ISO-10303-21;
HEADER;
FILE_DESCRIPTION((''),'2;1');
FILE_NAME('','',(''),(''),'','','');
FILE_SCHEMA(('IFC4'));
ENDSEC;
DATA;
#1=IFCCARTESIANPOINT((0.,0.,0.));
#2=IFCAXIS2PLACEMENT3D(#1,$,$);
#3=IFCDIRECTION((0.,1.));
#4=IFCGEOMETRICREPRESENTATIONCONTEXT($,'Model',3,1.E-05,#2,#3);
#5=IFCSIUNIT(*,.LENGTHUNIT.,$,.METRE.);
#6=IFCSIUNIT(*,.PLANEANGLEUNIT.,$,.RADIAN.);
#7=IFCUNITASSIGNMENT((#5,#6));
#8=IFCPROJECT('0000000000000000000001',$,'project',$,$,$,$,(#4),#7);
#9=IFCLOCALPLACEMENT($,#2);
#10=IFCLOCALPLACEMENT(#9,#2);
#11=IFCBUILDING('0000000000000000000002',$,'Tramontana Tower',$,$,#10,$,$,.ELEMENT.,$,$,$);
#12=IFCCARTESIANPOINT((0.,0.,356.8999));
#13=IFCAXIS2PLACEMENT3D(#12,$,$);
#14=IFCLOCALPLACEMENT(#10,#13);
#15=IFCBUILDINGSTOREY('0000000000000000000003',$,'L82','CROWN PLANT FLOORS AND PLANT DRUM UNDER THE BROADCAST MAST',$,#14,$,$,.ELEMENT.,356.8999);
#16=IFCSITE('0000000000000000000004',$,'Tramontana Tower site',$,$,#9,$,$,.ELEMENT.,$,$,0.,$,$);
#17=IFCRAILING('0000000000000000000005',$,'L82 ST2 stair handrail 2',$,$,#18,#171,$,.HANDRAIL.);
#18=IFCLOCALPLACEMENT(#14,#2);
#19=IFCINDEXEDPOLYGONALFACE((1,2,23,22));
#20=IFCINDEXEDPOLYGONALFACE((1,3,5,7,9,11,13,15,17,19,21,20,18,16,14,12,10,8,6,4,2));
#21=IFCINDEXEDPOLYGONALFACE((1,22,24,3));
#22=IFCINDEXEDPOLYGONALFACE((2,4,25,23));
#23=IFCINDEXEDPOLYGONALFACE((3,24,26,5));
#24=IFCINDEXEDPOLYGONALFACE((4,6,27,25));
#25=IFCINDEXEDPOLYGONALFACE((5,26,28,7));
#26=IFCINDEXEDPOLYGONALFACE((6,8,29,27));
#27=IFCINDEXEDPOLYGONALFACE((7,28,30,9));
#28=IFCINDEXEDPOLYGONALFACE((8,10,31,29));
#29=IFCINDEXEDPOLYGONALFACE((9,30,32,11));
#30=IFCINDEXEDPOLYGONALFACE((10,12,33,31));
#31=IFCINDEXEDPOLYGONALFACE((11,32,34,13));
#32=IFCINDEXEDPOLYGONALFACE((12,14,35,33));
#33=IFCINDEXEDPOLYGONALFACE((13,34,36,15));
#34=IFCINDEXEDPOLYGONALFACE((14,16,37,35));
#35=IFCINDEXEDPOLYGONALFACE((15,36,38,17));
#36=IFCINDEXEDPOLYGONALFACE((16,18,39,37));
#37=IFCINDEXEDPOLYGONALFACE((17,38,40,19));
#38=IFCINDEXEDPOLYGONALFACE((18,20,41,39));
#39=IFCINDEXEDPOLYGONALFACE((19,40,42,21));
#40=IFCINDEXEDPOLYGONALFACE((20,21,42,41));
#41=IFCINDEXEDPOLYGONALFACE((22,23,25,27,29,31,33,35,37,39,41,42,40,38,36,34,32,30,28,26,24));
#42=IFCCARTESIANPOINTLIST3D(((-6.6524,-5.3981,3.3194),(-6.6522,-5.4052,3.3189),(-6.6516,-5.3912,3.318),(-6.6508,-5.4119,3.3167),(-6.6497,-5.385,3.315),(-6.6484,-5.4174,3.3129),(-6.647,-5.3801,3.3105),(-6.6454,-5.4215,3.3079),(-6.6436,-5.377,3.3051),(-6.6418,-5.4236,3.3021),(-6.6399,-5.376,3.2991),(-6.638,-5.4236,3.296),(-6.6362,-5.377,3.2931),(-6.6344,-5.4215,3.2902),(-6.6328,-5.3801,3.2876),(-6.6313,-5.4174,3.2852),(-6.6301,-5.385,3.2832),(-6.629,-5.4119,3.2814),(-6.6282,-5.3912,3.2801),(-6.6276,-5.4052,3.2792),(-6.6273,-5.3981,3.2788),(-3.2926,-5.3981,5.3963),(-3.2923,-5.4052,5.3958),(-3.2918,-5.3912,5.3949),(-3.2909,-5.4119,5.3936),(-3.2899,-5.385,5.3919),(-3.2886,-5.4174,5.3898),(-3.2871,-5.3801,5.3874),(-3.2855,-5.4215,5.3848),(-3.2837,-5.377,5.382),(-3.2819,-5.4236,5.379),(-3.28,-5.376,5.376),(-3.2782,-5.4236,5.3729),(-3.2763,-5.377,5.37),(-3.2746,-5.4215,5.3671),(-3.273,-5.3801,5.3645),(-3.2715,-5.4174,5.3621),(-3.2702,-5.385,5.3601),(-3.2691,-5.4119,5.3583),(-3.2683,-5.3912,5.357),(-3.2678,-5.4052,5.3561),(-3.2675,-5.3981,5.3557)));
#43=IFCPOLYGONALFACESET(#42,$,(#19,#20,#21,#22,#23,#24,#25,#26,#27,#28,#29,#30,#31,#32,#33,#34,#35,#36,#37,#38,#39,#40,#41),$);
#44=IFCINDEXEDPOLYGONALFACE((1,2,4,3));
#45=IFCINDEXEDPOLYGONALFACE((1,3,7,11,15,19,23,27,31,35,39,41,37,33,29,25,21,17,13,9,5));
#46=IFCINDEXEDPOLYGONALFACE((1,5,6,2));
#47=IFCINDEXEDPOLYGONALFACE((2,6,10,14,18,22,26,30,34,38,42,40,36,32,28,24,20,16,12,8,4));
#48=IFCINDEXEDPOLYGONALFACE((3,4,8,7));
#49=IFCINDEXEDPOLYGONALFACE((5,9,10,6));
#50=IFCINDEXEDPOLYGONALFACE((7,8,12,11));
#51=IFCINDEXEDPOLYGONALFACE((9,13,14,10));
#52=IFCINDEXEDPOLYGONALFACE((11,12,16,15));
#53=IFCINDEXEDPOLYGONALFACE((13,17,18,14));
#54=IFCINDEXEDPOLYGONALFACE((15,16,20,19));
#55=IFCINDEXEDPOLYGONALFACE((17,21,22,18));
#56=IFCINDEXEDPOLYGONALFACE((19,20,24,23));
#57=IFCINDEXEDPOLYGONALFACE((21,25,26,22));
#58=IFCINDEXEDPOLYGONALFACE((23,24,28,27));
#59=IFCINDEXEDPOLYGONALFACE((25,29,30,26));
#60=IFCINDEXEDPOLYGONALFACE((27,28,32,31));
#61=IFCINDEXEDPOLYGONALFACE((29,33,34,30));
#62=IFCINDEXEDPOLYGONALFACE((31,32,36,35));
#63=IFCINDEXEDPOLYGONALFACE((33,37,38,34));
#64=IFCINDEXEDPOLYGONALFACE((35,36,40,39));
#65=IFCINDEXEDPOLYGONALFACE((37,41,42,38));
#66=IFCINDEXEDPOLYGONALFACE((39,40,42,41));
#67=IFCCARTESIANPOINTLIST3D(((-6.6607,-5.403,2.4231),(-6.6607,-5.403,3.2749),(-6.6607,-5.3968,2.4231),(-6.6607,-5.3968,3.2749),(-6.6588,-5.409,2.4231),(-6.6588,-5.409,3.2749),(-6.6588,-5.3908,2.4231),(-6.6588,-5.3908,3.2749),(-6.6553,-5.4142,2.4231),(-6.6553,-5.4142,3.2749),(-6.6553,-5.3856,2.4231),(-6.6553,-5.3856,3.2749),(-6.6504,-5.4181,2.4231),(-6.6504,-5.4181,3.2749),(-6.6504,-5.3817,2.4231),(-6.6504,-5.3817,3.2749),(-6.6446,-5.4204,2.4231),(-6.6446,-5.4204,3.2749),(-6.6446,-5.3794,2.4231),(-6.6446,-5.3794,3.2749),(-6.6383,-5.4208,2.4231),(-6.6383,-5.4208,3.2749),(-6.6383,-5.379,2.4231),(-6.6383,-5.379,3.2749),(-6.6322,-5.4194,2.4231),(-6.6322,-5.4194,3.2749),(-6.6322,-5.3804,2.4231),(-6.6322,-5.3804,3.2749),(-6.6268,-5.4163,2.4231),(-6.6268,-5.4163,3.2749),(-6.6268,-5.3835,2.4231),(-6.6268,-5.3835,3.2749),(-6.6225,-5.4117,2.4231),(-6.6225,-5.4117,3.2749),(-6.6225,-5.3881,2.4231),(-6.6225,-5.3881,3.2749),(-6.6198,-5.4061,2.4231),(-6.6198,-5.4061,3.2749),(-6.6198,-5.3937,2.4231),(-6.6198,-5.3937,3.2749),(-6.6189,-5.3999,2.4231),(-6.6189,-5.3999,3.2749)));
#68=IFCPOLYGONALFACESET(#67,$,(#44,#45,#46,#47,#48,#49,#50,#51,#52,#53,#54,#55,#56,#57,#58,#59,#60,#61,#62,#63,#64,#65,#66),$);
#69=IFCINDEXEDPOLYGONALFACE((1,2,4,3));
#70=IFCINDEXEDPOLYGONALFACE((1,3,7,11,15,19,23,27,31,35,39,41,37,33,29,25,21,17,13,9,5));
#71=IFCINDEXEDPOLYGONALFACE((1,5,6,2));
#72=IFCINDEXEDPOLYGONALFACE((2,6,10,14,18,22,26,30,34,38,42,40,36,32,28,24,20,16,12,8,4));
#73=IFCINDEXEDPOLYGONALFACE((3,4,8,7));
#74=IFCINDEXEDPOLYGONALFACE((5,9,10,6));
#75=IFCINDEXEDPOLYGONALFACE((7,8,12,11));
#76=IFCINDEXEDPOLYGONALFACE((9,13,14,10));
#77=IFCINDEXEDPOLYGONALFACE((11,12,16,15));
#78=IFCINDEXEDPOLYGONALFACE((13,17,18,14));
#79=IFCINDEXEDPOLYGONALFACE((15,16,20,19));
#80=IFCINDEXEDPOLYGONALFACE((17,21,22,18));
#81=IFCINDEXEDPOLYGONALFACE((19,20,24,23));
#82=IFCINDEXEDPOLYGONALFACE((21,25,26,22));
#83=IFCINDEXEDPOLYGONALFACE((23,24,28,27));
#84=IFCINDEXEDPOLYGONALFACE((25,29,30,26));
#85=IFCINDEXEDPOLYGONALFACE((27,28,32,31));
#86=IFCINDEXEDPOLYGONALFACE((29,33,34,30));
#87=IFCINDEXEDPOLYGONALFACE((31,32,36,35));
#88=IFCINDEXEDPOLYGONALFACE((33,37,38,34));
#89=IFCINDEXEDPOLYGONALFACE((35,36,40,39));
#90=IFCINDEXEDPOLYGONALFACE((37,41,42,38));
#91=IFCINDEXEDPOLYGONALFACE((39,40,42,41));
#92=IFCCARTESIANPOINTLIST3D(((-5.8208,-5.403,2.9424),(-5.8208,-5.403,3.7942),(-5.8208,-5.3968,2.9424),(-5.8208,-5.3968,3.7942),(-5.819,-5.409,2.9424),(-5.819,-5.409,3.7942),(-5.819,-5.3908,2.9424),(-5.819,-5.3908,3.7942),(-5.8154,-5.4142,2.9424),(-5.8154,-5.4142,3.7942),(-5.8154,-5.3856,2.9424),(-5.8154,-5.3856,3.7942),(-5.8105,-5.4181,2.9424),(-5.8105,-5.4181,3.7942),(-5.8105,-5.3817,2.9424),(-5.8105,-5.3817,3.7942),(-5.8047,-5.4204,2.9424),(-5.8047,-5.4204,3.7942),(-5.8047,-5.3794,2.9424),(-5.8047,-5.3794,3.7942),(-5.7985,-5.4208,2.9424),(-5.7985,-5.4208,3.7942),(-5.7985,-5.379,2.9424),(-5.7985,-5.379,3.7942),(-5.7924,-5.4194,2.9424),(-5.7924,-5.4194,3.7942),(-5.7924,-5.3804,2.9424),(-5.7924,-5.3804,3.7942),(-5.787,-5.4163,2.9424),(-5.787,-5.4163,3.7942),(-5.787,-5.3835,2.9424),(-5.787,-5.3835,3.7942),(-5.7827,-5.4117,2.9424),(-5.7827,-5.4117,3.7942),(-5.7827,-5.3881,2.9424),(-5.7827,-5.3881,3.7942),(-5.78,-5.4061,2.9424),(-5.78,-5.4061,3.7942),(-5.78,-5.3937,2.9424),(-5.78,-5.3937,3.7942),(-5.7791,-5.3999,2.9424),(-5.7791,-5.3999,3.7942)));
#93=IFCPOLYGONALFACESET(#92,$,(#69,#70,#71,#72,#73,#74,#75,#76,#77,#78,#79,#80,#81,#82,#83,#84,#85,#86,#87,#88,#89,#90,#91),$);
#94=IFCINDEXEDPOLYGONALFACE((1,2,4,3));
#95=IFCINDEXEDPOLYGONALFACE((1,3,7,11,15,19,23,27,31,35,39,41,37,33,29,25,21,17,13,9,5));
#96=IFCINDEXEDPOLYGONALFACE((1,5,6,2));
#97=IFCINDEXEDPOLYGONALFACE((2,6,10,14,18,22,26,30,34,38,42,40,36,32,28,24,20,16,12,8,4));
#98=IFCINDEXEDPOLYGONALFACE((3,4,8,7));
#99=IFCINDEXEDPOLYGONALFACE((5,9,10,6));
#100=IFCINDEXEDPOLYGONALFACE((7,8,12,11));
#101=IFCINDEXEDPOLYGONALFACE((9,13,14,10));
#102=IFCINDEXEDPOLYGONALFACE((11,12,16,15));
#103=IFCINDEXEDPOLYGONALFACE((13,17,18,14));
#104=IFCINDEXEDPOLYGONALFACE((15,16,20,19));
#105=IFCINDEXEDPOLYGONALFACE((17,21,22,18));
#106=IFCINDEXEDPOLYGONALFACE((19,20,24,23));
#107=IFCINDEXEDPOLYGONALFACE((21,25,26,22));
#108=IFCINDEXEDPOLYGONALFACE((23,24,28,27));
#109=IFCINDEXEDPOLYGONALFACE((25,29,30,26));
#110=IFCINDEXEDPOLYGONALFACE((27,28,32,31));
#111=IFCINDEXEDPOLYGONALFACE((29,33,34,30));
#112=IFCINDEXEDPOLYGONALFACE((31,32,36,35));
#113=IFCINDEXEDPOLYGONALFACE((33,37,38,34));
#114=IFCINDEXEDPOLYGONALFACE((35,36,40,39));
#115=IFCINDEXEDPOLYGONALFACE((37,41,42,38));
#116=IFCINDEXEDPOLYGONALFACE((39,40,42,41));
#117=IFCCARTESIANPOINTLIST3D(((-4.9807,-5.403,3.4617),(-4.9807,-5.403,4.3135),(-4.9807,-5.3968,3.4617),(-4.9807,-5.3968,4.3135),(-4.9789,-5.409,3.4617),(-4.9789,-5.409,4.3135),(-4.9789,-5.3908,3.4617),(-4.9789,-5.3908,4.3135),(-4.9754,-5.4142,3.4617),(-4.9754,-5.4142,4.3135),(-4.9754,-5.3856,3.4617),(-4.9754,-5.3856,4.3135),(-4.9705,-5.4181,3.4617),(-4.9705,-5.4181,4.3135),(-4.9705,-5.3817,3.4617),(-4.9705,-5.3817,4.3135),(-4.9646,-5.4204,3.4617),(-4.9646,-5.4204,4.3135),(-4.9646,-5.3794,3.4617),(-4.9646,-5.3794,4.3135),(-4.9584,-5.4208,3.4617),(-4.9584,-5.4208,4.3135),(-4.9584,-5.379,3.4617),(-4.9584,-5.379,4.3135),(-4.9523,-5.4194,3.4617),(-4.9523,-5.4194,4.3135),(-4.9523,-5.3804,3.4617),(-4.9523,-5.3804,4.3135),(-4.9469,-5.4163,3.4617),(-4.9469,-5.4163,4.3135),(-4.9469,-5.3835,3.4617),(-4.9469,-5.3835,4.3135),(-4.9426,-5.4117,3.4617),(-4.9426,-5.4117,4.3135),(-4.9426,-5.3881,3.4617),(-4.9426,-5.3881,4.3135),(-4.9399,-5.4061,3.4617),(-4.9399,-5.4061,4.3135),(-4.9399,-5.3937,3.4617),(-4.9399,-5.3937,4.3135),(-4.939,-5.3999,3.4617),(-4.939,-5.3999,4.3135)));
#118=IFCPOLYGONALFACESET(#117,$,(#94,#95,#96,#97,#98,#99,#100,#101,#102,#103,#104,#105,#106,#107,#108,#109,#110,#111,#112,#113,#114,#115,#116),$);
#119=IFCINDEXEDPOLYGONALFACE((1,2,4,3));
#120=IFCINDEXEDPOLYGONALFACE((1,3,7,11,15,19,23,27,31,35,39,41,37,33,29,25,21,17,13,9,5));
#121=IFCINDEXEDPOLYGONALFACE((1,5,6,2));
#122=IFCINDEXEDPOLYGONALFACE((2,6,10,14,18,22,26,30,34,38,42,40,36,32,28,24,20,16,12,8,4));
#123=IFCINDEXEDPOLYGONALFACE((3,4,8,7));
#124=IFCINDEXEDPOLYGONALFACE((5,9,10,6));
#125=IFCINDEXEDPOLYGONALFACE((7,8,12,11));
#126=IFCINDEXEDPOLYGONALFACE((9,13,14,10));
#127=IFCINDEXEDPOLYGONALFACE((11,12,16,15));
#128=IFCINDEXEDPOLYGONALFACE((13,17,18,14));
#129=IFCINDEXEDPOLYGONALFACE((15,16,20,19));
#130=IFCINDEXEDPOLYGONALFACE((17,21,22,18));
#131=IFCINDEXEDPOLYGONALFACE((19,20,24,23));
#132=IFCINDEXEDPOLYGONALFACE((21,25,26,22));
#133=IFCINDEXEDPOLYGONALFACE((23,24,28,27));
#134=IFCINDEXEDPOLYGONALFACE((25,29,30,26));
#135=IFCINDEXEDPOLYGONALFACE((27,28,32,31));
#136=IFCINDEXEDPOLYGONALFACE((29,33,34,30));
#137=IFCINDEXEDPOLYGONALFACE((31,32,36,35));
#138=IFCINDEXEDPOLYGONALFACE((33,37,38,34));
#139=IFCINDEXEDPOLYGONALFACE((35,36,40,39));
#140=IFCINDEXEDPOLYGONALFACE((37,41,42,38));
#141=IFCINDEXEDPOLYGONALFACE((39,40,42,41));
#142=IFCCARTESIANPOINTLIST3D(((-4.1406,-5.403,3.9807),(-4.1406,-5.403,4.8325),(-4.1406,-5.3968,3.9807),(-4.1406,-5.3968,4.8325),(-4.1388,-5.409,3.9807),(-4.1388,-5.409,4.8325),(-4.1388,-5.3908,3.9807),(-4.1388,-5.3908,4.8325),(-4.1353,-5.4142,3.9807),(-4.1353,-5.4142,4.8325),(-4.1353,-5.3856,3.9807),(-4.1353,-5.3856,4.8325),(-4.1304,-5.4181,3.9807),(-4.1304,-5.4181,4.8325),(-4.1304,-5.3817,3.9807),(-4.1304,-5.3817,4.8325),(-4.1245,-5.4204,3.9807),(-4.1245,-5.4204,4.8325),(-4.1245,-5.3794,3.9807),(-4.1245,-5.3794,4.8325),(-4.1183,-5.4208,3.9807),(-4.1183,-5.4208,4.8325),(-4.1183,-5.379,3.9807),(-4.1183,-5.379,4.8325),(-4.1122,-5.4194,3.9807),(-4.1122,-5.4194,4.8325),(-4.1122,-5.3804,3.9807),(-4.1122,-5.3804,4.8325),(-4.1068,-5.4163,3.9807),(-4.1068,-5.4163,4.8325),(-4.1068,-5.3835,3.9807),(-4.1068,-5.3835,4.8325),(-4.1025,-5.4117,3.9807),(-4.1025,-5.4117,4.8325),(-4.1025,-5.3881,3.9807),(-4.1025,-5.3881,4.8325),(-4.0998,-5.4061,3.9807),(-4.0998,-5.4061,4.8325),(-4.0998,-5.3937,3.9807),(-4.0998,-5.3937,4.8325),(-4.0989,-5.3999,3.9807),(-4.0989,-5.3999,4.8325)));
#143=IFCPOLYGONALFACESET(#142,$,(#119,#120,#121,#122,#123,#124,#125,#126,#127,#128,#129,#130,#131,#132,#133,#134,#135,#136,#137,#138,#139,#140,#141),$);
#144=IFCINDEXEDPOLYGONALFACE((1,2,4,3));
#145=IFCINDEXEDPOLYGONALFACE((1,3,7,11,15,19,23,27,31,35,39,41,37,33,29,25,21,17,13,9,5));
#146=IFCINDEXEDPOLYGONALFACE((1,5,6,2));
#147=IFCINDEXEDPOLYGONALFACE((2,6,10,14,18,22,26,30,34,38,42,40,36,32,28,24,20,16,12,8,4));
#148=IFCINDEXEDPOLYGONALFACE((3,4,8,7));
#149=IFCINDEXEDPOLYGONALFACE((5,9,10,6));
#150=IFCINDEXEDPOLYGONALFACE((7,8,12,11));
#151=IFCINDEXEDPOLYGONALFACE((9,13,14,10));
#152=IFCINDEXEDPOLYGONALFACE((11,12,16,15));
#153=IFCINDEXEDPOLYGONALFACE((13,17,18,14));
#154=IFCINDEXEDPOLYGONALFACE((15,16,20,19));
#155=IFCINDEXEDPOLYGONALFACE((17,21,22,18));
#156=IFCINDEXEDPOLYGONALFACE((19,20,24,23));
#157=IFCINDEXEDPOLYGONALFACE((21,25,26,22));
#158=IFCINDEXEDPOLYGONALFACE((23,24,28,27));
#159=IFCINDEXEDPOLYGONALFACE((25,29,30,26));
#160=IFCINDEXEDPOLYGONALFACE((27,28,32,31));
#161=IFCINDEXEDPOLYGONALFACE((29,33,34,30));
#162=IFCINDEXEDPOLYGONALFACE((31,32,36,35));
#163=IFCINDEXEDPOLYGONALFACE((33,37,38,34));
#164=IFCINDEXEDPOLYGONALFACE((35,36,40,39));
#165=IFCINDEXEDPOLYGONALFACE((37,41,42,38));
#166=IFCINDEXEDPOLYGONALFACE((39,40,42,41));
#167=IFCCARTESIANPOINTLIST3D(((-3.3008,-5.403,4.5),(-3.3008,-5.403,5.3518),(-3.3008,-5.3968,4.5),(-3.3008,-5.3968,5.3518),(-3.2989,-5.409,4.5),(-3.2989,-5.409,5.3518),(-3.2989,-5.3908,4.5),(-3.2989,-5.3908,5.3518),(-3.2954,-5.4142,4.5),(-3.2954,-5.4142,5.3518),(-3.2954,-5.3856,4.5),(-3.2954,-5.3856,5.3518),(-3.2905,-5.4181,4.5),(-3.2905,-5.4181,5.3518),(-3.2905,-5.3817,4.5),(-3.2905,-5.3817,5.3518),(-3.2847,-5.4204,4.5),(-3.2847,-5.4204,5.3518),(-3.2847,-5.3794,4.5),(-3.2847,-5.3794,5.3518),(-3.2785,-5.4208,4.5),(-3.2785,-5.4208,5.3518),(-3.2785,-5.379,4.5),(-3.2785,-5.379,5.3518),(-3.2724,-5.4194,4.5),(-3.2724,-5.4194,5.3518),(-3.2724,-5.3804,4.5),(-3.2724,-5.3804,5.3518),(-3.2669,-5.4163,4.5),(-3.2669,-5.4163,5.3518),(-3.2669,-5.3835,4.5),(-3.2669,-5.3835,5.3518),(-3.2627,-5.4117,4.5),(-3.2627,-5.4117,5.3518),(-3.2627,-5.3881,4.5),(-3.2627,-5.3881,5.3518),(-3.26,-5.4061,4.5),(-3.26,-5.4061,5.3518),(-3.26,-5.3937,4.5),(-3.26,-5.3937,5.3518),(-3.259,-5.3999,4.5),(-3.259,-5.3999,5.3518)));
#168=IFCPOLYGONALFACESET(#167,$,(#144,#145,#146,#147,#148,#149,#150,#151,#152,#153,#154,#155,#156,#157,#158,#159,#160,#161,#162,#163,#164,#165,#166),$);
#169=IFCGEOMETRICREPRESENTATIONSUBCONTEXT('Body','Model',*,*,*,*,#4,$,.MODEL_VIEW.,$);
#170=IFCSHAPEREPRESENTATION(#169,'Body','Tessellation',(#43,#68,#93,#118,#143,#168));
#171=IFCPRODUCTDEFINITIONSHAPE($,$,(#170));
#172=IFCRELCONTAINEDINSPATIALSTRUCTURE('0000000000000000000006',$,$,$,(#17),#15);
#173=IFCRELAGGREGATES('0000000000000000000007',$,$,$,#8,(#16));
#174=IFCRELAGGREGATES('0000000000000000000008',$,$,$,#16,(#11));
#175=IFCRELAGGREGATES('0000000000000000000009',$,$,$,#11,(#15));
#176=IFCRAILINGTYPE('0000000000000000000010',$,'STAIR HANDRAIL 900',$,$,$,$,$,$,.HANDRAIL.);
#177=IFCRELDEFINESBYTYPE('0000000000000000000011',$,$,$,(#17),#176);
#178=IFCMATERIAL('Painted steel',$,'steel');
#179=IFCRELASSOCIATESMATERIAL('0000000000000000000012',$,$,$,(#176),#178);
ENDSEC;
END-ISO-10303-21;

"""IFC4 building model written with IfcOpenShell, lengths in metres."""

from ifc_helpers import new_model, si_unit, direction, frame, origin, origin_2d, place, context, subcontext, project, spatial, circle, extrude, material, type_object, element, save


model = new_model("IFC4")

# Units and contexts
model_context = context("Model", 3, precision=1e-05, world=origin(), true_north=direction((0.0, 1.0)))
body_context = subcontext(model_context, "Body", "Model", "MODEL_VIEW")
ifc_project = project(units=[si_unit("LENGTHUNIT", "METRE"), si_unit("PLANEANGLEUNIT", "RADIAN")], contexts=[model_context])

# Site, building, storey
site_placement = place(None, origin())
site = spatial("IfcSite", under=ifc_project, at=site_placement, Name="Tramontana Tower site", CompositionType="ELEMENT", RefElevation=0.0)
building_placement = place(site_placement, origin())
building = spatial("IfcBuilding", under=site, at=building_placement, Name="Tramontana Tower", CompositionType="ELEMENT")
storey_placement = place(building_placement, frame((0.0, 0.0, 356.8999)))
storey = spatial("IfcBuildingStorey", under=building, at=storey_placement, Name="L82", Description="CROWN PLANT FLOORS AND PLANT DRUM UNDER THE BROADCAST MAST", CompositionType="ELEMENT", Elevation=356.8999)

# Railing
ifc_material_1 = material(Name="Painted steel", Category="steel")
railing_type_1 = type_object("IfcRailingType", Name="STAIR HANDRAIL 900", PredefinedType="HANDRAIL", material=ifc_material_1)
railing_1_placement = place(storey_placement, frame((-6.6399, -5.3999, 2.4231)))
element("IfcRailing", 1, at=railing_1_placement, inside=storey, type_object=railing_type_1, Name="L82 ST2 stair handrail 2", PredefinedType="HANDRAIL", context=body_context, shape_type="SweptSolid", body=[
    extrude(circle(Radius=0.0239, at=origin_2d()), frame((0.0, 0.0, 0.876), z_axis=(0.850606, 0.0, 0.525803), x_axis=(0.0, 1.0, 0.0)), (0.0, 0.0, 1.0), 3.95),
    extrude(circle(Radius=0.021, at=origin_2d()), origin(), (0.0, 0.0, 1.0), 0.8518),
    extrude(circle(Radius=0.021, at=origin_2d()), frame((0.8398, 0.0, 0.5193)), (0.0, 0.0, 1.0), 0.8518),
    extrude(circle(Radius=0.021, at=origin_2d()), frame((1.6799, 0.0, 1.0386)), (0.0, 0.0, 1.0), 0.8518),
    extrude(circle(Radius=0.021, at=origin_2d()), frame((2.52, 0.0, 1.5576)), (0.0, 0.0, 1.0), 0.8518),
    extrude(circle(Radius=0.021, at=origin_2d()), frame((3.3599, 0.0, 2.0769)), (0.0, 0.0, 1.0), 0.8518),
])

save(model, "model.ifc")
